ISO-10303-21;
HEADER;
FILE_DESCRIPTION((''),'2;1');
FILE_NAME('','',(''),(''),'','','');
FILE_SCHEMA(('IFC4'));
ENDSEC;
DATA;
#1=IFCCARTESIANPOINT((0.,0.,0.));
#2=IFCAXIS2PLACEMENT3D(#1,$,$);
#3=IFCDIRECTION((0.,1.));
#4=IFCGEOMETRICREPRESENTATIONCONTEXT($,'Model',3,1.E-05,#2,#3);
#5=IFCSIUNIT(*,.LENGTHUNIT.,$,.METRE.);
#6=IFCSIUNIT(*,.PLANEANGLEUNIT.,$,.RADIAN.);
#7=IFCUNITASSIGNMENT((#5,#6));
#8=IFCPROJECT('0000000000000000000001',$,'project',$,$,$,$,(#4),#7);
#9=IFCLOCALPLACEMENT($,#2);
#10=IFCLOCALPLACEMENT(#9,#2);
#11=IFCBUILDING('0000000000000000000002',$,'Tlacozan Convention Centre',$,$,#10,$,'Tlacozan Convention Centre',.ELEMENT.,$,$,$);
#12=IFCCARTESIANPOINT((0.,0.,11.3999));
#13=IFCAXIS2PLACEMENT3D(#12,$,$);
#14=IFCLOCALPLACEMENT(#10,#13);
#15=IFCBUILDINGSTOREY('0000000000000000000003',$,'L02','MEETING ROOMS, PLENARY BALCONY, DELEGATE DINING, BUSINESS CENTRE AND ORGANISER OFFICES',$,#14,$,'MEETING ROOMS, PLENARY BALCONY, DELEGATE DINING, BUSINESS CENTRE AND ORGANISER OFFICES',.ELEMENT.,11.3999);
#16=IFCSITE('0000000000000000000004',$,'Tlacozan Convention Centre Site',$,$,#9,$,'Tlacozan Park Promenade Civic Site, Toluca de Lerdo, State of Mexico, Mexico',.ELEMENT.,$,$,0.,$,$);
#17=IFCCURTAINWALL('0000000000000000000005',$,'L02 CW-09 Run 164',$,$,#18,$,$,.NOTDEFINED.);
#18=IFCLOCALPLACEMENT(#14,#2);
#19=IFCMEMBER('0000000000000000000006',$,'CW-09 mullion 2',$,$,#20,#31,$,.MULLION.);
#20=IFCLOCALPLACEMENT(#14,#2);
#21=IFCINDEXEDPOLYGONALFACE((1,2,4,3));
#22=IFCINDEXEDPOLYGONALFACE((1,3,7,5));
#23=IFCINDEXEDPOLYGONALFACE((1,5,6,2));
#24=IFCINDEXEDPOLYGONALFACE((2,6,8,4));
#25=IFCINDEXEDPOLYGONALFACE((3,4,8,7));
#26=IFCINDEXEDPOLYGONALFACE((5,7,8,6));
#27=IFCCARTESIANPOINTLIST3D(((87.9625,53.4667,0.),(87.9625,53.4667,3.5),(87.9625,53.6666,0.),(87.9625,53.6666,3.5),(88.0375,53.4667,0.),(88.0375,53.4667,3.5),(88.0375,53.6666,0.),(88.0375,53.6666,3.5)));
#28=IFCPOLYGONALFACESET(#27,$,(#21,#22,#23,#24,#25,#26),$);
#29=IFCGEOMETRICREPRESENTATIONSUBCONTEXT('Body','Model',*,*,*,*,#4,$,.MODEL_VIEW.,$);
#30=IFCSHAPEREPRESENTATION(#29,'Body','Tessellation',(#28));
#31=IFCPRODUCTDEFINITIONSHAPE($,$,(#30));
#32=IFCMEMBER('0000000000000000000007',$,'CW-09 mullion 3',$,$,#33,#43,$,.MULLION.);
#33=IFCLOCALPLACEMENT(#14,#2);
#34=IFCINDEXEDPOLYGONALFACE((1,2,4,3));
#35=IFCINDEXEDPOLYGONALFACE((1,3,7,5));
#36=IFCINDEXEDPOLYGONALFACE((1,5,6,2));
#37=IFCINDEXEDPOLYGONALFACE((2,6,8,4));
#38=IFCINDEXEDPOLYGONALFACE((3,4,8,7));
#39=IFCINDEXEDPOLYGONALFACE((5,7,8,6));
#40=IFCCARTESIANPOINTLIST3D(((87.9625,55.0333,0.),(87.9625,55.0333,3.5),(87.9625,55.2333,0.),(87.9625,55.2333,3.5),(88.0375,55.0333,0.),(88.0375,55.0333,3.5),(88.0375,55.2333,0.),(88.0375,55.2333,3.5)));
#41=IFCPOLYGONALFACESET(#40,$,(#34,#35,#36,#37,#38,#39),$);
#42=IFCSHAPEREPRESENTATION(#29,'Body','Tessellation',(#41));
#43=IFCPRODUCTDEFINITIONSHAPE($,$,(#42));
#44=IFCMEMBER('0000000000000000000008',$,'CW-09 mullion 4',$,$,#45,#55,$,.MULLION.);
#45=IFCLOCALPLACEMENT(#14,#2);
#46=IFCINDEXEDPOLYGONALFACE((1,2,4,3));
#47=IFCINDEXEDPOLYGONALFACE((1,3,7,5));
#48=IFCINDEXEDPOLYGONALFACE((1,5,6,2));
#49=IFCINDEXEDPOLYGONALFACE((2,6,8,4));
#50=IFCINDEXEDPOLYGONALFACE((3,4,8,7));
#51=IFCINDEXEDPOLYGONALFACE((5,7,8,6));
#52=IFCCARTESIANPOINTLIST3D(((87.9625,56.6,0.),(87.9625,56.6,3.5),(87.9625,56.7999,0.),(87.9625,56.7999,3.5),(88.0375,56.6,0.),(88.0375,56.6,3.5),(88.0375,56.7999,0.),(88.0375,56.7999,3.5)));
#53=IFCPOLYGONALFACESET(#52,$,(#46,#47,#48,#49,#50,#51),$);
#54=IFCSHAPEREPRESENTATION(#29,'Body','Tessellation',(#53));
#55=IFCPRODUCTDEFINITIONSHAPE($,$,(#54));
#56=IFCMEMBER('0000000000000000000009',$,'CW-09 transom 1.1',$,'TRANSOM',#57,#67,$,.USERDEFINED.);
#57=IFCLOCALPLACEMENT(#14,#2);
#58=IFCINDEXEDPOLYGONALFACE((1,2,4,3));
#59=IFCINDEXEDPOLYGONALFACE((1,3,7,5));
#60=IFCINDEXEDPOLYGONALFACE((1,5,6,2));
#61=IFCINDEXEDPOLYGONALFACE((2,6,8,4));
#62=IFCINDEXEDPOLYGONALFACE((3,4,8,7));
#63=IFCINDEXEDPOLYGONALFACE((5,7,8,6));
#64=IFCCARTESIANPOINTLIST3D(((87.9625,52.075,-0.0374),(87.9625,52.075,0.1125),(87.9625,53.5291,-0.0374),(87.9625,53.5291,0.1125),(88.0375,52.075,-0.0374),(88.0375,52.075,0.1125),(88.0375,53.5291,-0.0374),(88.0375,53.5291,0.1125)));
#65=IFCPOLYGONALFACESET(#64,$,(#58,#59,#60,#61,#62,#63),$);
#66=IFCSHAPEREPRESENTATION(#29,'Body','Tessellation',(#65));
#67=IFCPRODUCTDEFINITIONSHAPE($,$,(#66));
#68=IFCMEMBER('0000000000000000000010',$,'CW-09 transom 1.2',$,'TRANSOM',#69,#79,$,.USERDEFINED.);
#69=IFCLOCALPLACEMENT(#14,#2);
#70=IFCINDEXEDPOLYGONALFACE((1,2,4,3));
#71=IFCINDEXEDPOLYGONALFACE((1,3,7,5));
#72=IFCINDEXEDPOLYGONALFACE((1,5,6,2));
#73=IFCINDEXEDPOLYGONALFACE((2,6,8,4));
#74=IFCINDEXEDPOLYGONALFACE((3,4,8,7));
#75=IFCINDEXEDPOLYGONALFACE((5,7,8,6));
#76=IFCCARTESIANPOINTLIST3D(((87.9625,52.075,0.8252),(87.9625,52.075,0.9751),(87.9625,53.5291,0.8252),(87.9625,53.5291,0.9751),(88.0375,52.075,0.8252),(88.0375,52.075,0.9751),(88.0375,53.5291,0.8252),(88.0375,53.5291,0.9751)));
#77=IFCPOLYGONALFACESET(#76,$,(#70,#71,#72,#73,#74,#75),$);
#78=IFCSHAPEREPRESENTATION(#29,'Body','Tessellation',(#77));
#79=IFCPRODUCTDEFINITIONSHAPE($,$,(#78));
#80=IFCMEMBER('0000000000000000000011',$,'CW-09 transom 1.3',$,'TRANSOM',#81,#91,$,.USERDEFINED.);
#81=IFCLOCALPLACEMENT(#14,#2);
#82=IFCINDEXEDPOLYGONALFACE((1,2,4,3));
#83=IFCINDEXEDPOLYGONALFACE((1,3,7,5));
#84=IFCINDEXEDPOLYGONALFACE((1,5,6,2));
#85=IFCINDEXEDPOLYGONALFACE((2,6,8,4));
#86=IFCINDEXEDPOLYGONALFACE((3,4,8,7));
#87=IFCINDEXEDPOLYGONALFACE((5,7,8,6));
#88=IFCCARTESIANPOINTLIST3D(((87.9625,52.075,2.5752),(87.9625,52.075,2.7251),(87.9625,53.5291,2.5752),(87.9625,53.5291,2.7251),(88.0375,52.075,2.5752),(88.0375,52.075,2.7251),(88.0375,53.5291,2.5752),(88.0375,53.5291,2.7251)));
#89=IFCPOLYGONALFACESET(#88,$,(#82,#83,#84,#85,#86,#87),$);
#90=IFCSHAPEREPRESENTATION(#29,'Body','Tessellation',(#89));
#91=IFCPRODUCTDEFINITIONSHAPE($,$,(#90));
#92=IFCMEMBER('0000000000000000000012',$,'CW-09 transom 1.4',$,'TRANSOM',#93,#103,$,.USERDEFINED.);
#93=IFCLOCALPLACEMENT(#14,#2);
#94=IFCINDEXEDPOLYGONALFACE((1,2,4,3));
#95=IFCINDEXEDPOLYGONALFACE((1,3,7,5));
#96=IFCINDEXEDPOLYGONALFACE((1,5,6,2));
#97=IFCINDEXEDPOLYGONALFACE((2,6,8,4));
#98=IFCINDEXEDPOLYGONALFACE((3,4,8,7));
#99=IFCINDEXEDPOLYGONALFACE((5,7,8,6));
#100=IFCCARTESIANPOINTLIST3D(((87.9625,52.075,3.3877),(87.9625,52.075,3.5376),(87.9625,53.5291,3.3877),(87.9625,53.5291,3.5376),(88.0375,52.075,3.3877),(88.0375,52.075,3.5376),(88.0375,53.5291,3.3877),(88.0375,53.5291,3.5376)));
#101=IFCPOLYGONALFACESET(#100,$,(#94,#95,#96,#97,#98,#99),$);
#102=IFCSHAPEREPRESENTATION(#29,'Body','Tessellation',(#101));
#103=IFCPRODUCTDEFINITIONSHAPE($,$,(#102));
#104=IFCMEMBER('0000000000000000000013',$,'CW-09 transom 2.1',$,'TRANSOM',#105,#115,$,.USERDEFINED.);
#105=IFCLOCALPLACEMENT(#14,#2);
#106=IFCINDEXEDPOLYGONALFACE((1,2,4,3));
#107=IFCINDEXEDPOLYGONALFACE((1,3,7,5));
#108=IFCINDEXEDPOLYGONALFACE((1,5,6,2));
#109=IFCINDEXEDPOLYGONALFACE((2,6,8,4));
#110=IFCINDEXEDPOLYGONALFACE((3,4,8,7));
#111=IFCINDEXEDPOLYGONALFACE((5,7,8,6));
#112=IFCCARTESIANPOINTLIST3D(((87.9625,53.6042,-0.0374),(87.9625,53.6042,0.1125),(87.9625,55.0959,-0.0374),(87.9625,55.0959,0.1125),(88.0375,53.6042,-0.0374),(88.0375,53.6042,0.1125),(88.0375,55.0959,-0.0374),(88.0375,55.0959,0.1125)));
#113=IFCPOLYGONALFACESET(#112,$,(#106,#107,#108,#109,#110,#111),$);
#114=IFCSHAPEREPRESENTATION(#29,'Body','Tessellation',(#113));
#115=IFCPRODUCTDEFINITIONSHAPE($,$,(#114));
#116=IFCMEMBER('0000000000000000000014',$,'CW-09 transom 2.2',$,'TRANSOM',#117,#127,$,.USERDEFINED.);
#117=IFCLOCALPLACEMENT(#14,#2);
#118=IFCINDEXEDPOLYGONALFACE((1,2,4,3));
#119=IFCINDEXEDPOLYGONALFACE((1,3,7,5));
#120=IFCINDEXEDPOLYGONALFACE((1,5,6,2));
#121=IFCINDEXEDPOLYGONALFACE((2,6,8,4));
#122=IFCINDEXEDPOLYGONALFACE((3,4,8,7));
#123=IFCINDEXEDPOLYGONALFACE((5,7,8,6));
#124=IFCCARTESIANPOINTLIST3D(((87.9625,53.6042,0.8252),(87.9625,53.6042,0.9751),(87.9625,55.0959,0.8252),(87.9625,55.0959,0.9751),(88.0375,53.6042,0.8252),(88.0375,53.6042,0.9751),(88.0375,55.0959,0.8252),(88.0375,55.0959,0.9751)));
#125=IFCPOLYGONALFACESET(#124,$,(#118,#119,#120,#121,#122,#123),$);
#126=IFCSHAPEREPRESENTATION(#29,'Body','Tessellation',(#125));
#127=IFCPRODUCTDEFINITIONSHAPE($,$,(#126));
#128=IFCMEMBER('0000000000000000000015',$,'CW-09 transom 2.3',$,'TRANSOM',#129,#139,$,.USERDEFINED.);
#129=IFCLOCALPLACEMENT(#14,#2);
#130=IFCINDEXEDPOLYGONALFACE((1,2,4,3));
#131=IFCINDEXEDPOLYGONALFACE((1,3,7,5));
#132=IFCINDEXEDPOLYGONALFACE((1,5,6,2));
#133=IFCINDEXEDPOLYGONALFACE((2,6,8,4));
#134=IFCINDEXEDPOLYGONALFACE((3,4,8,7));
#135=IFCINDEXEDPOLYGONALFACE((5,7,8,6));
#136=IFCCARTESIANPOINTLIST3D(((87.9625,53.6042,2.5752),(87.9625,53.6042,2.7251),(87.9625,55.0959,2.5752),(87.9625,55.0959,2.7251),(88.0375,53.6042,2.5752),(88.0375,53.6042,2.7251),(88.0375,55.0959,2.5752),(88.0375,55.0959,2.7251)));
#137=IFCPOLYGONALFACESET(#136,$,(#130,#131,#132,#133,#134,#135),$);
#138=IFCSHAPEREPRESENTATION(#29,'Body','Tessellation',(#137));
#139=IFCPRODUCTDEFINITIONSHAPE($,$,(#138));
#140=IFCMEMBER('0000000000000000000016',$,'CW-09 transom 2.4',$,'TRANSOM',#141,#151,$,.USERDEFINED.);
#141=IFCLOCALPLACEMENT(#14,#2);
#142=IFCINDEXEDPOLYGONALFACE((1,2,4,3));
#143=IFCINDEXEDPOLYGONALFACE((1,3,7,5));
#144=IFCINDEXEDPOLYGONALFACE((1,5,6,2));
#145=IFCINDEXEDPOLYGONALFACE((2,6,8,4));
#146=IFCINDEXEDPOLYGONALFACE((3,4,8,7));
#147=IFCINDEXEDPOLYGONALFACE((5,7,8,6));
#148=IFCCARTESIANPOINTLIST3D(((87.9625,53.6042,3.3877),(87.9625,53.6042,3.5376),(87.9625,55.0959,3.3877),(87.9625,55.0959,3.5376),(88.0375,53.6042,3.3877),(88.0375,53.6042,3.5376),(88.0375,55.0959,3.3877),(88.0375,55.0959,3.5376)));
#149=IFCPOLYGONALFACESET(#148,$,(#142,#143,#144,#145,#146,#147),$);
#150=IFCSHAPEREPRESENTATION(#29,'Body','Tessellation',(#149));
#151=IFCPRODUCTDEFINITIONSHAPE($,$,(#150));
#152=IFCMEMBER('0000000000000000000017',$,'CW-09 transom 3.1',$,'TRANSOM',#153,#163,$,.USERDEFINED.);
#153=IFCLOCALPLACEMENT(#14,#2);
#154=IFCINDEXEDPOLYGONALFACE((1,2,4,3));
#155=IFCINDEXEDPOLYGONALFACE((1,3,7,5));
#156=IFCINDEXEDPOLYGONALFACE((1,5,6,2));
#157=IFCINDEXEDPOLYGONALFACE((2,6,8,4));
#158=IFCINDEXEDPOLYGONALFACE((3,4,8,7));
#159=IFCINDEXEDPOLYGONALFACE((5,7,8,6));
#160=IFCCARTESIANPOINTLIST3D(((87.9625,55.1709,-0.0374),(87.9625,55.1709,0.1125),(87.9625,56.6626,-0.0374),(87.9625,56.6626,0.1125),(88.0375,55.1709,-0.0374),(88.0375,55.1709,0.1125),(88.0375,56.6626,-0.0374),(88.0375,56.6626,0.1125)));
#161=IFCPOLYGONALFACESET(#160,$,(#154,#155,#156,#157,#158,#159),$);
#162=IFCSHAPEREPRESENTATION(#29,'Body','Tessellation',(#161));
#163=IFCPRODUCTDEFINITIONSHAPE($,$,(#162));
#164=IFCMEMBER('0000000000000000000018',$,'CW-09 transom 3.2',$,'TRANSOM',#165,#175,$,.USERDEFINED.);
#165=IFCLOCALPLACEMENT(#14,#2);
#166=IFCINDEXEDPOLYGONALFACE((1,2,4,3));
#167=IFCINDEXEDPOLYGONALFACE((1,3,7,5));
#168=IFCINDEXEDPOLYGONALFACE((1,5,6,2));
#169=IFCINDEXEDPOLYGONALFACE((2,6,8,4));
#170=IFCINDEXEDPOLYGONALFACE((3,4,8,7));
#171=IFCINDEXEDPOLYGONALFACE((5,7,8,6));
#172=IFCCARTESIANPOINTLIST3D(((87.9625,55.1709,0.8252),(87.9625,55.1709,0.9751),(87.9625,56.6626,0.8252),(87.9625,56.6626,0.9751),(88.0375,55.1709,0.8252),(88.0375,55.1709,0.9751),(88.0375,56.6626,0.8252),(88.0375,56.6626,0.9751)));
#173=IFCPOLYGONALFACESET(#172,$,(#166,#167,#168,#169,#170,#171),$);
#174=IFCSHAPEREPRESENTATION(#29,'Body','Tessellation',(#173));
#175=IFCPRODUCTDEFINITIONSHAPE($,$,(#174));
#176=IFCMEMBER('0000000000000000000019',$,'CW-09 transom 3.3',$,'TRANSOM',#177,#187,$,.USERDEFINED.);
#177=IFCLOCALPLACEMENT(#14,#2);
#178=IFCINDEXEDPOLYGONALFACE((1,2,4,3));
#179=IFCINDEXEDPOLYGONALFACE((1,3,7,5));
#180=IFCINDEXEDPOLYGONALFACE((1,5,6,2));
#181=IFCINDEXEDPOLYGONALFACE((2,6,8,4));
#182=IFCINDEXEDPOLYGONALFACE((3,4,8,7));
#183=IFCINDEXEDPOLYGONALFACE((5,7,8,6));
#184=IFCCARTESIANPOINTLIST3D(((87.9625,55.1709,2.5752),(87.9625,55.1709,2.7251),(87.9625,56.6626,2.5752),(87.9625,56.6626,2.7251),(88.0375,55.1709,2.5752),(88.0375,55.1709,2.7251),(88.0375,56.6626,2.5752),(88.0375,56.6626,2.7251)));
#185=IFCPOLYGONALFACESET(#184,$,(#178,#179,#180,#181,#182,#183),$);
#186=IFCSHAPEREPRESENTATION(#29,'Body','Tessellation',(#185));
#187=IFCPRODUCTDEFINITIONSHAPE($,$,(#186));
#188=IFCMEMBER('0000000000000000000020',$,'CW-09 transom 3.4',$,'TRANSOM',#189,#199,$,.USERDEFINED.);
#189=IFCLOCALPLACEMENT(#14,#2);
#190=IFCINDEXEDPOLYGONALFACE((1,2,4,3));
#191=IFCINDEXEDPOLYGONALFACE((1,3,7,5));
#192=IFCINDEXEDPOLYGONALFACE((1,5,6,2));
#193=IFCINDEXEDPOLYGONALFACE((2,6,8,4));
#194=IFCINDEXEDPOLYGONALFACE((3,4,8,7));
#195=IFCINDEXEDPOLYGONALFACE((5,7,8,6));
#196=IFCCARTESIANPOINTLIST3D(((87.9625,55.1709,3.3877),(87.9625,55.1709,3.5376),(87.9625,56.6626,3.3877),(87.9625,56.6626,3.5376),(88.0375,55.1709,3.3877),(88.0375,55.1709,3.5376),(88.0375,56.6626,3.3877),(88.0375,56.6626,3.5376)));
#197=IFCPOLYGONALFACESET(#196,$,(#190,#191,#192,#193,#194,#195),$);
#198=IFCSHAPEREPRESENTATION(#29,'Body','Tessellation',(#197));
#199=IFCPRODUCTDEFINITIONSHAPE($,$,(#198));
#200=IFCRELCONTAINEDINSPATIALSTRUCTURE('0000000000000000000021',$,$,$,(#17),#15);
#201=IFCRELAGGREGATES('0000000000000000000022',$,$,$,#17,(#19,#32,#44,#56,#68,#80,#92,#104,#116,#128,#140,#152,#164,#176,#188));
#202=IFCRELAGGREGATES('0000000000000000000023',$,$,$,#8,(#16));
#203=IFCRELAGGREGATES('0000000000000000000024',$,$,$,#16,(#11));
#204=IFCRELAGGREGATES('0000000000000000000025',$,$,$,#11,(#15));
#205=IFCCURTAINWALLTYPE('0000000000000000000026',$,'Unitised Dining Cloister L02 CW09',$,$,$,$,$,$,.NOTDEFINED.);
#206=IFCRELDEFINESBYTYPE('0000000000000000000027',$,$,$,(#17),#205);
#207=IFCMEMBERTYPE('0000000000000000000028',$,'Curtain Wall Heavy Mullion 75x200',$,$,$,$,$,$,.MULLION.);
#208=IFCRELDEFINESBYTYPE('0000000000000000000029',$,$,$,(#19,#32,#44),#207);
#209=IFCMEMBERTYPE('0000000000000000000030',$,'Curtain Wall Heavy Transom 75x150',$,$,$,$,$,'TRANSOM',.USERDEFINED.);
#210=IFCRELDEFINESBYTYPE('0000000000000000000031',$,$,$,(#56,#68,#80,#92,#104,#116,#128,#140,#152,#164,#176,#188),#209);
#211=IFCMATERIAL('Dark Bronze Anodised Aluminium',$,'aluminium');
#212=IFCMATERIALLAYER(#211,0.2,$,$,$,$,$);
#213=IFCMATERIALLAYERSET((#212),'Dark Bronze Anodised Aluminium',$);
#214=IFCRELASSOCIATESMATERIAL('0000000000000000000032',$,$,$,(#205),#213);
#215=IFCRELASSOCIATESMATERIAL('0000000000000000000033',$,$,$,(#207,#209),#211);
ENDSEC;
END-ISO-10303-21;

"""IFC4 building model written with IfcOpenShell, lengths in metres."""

from ifc_helpers import new_model, si_unit, direction, frame, origin, origin_2d, place, context, subcontext, project, spatial, rectangle, extrude, material, layer, layer_set, material_profile, profile_set, type_object, element, aggregate, save


model = new_model("IFC4")

# Units and contexts
model_context = context("Model", 3, precision=1e-05, world=origin(), true_north=direction((0.0, 1.0)))
body_context = subcontext(model_context, "Body", "Model", "MODEL_VIEW")
ifc_project = project(units=[si_unit("LENGTHUNIT", "METRE"), si_unit("PLANEANGLEUNIT", "RADIAN")], contexts=[model_context])

# Site, building, storey
site_placement = place(None, origin())
site = spatial("IfcSite", under=ifc_project, at=site_placement, Name="Tlacozan Convention Centre Site", LongName="Tlacozan Park Promenade Civic Site, Toluca de Lerdo, State of Mexico, Mexico", CompositionType="ELEMENT", RefElevation=0.0)
building_placement = place(site_placement, origin())
building = spatial("IfcBuilding", under=site, at=building_placement, Name="Tlacozan Convention Centre", LongName="Tlacozan Convention Centre", CompositionType="ELEMENT")
storey_placement = place(building_placement, frame((0.0, 0.0, 11.3999)))
storey = spatial("IfcBuildingStorey", under=building, at=storey_placement, Name="L02", Description="MEETING ROOMS, PLENARY BALCONY, DELEGATE DINING, BUSINESS CENTRE AND ORGANISER OFFICES", LongName="MEETING ROOMS, PLENARY BALCONY, DELEGATE DINING, BUSINESS CENTRE AND ORGANISER OFFICES", CompositionType="ELEMENT", Elevation=11.3999)

# Curtain wall, members
ifc_material_1 = material(Name="Dark Bronze Anodised Aluminium", Category="aluminium")
ifc_layer_1 = layer(ifc_material_1, 0.2)
ifc_layer_set_1 = layer_set([ifc_layer_1], Name="Dark Bronze Anodised Aluminium")
curtain_wall_type = type_object("IfcCurtainWallType", Name="Unitised Dining Cloister L02 CW09", PredefinedType="NOTDEFINED", material=ifc_layer_set_1)
curtain_wall_placement = place(storey_placement, origin())
curtain_wall = element("IfcCurtainWall", 1, at=curtain_wall_placement, inside=storey, type_object=curtain_wall_type, Name="L02 CW-09 Run 164", PredefinedType="NOTDEFINED")
ifc_material_profile_1 = material_profile(ifc_material_1, rectangle(XDim=0.075, YDim=0.2, at=origin_2d()), Name="ALU 75x200")
ifc_profile_set_1 = profile_set([ifc_material_profile_1], Name="Dark Bronze Anodised Aluminium")
member_type_1 = type_object("IfcMemberType", Name="Curtain Wall Heavy Mullion 75x200", PredefinedType="MULLION", material=ifc_profile_set_1)
member_1_placement = place(storey_placement, frame((88.0, 53.5667, 0.0), z_axis=(0.0, 0.0, 1.0), x_axis=(-1.0, 0.0, 0.0)))
member_1 = element("IfcMember", 2, at=member_1_placement, type_object=member_type_1, Name="CW-09 mullion 2", PredefinedType="MULLION", context=body_context, shape_type="SweptSolid", body=[
    extrude(rectangle(XDim=0.075, YDim=0.2, at=origin_2d()), origin(), (0.0, 0.0, 1.0), 3.5),
])
member_2_placement = place(storey_placement, frame((88.0, 55.1333, 0.0), z_axis=(0.0, 0.0, 1.0), x_axis=(-1.0, 0.0, 0.0)))
member_2 = element("IfcMember", 3, at=member_2_placement, type_object=member_type_1, Name="CW-09 mullion 3", PredefinedType="MULLION", context=body_context, shape_type="SweptSolid", body=[
    extrude(rectangle(XDim=0.075, YDim=0.2, at=origin_2d()), origin(), (0.0, 0.0, 1.0), 3.5),
])
member_3_placement = place(storey_placement, frame((88.0, 56.7, 0.0), z_axis=(0.0, 0.0, 1.0), x_axis=(-1.0, 0.0, 0.0)))
member_3 = element("IfcMember", 4, at=member_3_placement, type_object=member_type_1, Name="CW-09 mullion 4", PredefinedType="MULLION", context=body_context, shape_type="SweptSolid", body=[
    extrude(rectangle(XDim=0.075, YDim=0.2, at=origin_2d()), origin(), (0.0, 0.0, 1.0), 3.5),
])
ifc_material_profile_2 = material_profile(ifc_material_1, rectangle(XDim=0.075, YDim=0.1499, at=origin_2d()), Name="ALU 75x150")
ifc_profile_set_2 = profile_set([ifc_material_profile_2], Name="Dark Bronze Anodised Aluminium")
member_type_2 = type_object("IfcMemberType", Name="Curtain Wall Heavy Transom 75x150", ElementType="TRANSOM", PredefinedType="USERDEFINED", material=ifc_profile_set_2)
member_4_placement = place(storey_placement, frame((88.0, 52.075, 0.0376), z_axis=(0.0, 1.0, 0.0), x_axis=(-1.0, 0.0, 0.0)))
member_4 = element("IfcMember", 5, at=member_4_placement, type_object=member_type_2, Name="CW-09 transom 1.1", ObjectType="TRANSOM", PredefinedType="USERDEFINED", context=body_context, shape_type="SweptSolid", body=[
    extrude(rectangle(XDim=0.075, YDim=0.1499, at=origin_2d()), origin(), (0.0, 0.0, 1.0), 1.4541),
])
member_5_placement = place(storey_placement, frame((88.0, 52.075, 0.9001), z_axis=(0.0, 1.0, 0.0), x_axis=(-1.0, 0.0, 0.0)))
member_5 = element("IfcMember", 6, at=member_5_placement, type_object=member_type_2, Name="CW-09 transom 1.2", ObjectType="TRANSOM", PredefinedType="USERDEFINED", context=body_context, shape_type="SweptSolid", body=[
    extrude(rectangle(XDim=0.075, YDim=0.1499, at=origin_2d()), origin(), (0.0, 0.0, 1.0), 1.4541),
])
member_6_placement = place(storey_placement, frame((88.0, 52.075, 2.6501), z_axis=(0.0, 1.0, 0.0), x_axis=(-1.0, 0.0, 0.0)))
member_6 = element("IfcMember", 7, at=member_6_placement, type_object=member_type_2, Name="CW-09 transom 1.3", ObjectType="TRANSOM", PredefinedType="USERDEFINED", context=body_context, shape_type="SweptSolid", body=[
    extrude(rectangle(XDim=0.075, YDim=0.1499, at=origin_2d()), origin(), (0.0, 0.0, 1.0), 1.4541),
])
member_7_placement = place(storey_placement, frame((88.0, 52.075, 3.4626), z_axis=(0.0, 1.0, 0.0), x_axis=(-1.0, 0.0, 0.0)))
member_7 = element("IfcMember", 8, at=member_7_placement, type_object=member_type_2, Name="CW-09 transom 1.4", ObjectType="TRANSOM", PredefinedType="USERDEFINED", context=body_context, shape_type="SweptSolid", body=[
    extrude(rectangle(XDim=0.075, YDim=0.1499, at=origin_2d()), origin(), (0.0, 0.0, 1.0), 1.4541),
])
member_8_placement = place(storey_placement, frame((88.0, 53.6042, 0.0376), z_axis=(0.0, 1.0, 0.0), x_axis=(-1.0, 0.0, 0.0)))
member_8 = element("IfcMember", 9, at=member_8_placement, type_object=member_type_2, Name="CW-09 transom 2.1", ObjectType="TRANSOM", PredefinedType="USERDEFINED", context=body_context, shape_type="SweptSolid", body=[
    extrude(rectangle(XDim=0.075, YDim=0.1499, at=origin_2d()), origin(), (0.0, 0.0, 1.0), 1.4917),
])
member_9_placement = place(storey_placement, frame((88.0, 53.6042, 0.9001), z_axis=(0.0, 1.0, 0.0), x_axis=(-1.0, 0.0, 0.0)))
member_9 = element("IfcMember", 10, at=member_9_placement, type_object=member_type_2, Name="CW-09 transom 2.2", ObjectType="TRANSOM", PredefinedType="USERDEFINED", context=body_context, shape_type="SweptSolid", body=[
    extrude(rectangle(XDim=0.075, YDim=0.1499, at=origin_2d()), origin(), (0.0, 0.0, 1.0), 1.4917),
])
member_10_placement = place(storey_placement, frame((88.0, 53.6042, 2.6501), z_axis=(0.0, 1.0, 0.0), x_axis=(-1.0, 0.0, 0.0)))
member_10 = element("IfcMember", 11, at=member_10_placement, type_object=member_type_2, Name="CW-09 transom 2.3", ObjectType="TRANSOM", PredefinedType="USERDEFINED", context=body_context, shape_type="SweptSolid", body=[
    extrude(rectangle(XDim=0.075, YDim=0.1499, at=origin_2d()), origin(), (0.0, 0.0, 1.0), 1.4917),
])
member_11_placement = place(storey_placement, frame((88.0, 53.6042, 3.4626), z_axis=(0.0, 1.0, 0.0), x_axis=(-1.0, 0.0, 0.0)))
member_11 = element("IfcMember", 12, at=member_11_placement, type_object=member_type_2, Name="CW-09 transom 2.4", ObjectType="TRANSOM", PredefinedType="USERDEFINED", context=body_context, shape_type="SweptSolid", body=[
    extrude(rectangle(XDim=0.075, YDim=0.1499, at=origin_2d()), origin(), (0.0, 0.0, 1.0), 1.4917),
])
member_12_placement = place(storey_placement, frame((88.0, 55.1709, 0.0376), z_axis=(0.0, 1.0, 0.0), x_axis=(-1.0, 0.0, 0.0)))
member_12 = element("IfcMember", 13, at=member_12_placement, type_object=member_type_2, Name="CW-09 transom 3.1", ObjectType="TRANSOM", PredefinedType="USERDEFINED", context=body_context, shape_type="SweptSolid", body=[
    extrude(rectangle(XDim=0.075, YDim=0.1499, at=origin_2d()), origin(), (0.0, 0.0, 1.0), 1.4917),
])
member_13_placement = place(storey_placement, frame((88.0, 55.1709, 0.9001), z_axis=(0.0, 1.0, 0.0), x_axis=(-1.0, 0.0, 0.0)))
member_13 = element("IfcMember", 14, at=member_13_placement, type_object=member_type_2, Name="CW-09 transom 3.2", ObjectType="TRANSOM", PredefinedType="USERDEFINED", context=body_context, shape_type="SweptSolid", body=[
    extrude(rectangle(XDim=0.075, YDim=0.1499, at=origin_2d()), origin(), (0.0, 0.0, 1.0), 1.4917),
])
member_14_placement = place(storey_placement, frame((88.0, 55.1709, 2.6501), z_axis=(0.0, 1.0, 0.0), x_axis=(-1.0, 0.0, 0.0)))
member_14 = element("IfcMember", 15, at=member_14_placement, type_object=member_type_2, Name="CW-09 transom 3.3", ObjectType="TRANSOM", PredefinedType="USERDEFINED", context=body_context, shape_type="SweptSolid", body=[
    extrude(rectangle(XDim=0.075, YDim=0.1499, at=origin_2d()), origin(), (0.0, 0.0, 1.0), 1.4917),
])
member_15_placement = place(storey_placement, frame((88.0, 55.1709, 3.4626), z_axis=(0.0, 1.0, 0.0), x_axis=(-1.0, 0.0, 0.0)))
member_15 = element("IfcMember", 16, at=member_15_placement, type_object=member_type_2, Name="CW-09 transom 3.4", ObjectType="TRANSOM", PredefinedType="USERDEFINED", context=body_context, shape_type="SweptSolid", body=[
    extrude(rectangle(XDim=0.075, YDim=0.1499, at=origin_2d()), origin(), (0.0, 0.0, 1.0), 1.4917),
])
aggregate(curtain_wall, [member_1, member_2, member_3, member_4, member_5, member_6, member_7, member_8, member_9, member_10, member_11, member_12, member_13, member_14, member_15])

save(model, "model.ifc")
